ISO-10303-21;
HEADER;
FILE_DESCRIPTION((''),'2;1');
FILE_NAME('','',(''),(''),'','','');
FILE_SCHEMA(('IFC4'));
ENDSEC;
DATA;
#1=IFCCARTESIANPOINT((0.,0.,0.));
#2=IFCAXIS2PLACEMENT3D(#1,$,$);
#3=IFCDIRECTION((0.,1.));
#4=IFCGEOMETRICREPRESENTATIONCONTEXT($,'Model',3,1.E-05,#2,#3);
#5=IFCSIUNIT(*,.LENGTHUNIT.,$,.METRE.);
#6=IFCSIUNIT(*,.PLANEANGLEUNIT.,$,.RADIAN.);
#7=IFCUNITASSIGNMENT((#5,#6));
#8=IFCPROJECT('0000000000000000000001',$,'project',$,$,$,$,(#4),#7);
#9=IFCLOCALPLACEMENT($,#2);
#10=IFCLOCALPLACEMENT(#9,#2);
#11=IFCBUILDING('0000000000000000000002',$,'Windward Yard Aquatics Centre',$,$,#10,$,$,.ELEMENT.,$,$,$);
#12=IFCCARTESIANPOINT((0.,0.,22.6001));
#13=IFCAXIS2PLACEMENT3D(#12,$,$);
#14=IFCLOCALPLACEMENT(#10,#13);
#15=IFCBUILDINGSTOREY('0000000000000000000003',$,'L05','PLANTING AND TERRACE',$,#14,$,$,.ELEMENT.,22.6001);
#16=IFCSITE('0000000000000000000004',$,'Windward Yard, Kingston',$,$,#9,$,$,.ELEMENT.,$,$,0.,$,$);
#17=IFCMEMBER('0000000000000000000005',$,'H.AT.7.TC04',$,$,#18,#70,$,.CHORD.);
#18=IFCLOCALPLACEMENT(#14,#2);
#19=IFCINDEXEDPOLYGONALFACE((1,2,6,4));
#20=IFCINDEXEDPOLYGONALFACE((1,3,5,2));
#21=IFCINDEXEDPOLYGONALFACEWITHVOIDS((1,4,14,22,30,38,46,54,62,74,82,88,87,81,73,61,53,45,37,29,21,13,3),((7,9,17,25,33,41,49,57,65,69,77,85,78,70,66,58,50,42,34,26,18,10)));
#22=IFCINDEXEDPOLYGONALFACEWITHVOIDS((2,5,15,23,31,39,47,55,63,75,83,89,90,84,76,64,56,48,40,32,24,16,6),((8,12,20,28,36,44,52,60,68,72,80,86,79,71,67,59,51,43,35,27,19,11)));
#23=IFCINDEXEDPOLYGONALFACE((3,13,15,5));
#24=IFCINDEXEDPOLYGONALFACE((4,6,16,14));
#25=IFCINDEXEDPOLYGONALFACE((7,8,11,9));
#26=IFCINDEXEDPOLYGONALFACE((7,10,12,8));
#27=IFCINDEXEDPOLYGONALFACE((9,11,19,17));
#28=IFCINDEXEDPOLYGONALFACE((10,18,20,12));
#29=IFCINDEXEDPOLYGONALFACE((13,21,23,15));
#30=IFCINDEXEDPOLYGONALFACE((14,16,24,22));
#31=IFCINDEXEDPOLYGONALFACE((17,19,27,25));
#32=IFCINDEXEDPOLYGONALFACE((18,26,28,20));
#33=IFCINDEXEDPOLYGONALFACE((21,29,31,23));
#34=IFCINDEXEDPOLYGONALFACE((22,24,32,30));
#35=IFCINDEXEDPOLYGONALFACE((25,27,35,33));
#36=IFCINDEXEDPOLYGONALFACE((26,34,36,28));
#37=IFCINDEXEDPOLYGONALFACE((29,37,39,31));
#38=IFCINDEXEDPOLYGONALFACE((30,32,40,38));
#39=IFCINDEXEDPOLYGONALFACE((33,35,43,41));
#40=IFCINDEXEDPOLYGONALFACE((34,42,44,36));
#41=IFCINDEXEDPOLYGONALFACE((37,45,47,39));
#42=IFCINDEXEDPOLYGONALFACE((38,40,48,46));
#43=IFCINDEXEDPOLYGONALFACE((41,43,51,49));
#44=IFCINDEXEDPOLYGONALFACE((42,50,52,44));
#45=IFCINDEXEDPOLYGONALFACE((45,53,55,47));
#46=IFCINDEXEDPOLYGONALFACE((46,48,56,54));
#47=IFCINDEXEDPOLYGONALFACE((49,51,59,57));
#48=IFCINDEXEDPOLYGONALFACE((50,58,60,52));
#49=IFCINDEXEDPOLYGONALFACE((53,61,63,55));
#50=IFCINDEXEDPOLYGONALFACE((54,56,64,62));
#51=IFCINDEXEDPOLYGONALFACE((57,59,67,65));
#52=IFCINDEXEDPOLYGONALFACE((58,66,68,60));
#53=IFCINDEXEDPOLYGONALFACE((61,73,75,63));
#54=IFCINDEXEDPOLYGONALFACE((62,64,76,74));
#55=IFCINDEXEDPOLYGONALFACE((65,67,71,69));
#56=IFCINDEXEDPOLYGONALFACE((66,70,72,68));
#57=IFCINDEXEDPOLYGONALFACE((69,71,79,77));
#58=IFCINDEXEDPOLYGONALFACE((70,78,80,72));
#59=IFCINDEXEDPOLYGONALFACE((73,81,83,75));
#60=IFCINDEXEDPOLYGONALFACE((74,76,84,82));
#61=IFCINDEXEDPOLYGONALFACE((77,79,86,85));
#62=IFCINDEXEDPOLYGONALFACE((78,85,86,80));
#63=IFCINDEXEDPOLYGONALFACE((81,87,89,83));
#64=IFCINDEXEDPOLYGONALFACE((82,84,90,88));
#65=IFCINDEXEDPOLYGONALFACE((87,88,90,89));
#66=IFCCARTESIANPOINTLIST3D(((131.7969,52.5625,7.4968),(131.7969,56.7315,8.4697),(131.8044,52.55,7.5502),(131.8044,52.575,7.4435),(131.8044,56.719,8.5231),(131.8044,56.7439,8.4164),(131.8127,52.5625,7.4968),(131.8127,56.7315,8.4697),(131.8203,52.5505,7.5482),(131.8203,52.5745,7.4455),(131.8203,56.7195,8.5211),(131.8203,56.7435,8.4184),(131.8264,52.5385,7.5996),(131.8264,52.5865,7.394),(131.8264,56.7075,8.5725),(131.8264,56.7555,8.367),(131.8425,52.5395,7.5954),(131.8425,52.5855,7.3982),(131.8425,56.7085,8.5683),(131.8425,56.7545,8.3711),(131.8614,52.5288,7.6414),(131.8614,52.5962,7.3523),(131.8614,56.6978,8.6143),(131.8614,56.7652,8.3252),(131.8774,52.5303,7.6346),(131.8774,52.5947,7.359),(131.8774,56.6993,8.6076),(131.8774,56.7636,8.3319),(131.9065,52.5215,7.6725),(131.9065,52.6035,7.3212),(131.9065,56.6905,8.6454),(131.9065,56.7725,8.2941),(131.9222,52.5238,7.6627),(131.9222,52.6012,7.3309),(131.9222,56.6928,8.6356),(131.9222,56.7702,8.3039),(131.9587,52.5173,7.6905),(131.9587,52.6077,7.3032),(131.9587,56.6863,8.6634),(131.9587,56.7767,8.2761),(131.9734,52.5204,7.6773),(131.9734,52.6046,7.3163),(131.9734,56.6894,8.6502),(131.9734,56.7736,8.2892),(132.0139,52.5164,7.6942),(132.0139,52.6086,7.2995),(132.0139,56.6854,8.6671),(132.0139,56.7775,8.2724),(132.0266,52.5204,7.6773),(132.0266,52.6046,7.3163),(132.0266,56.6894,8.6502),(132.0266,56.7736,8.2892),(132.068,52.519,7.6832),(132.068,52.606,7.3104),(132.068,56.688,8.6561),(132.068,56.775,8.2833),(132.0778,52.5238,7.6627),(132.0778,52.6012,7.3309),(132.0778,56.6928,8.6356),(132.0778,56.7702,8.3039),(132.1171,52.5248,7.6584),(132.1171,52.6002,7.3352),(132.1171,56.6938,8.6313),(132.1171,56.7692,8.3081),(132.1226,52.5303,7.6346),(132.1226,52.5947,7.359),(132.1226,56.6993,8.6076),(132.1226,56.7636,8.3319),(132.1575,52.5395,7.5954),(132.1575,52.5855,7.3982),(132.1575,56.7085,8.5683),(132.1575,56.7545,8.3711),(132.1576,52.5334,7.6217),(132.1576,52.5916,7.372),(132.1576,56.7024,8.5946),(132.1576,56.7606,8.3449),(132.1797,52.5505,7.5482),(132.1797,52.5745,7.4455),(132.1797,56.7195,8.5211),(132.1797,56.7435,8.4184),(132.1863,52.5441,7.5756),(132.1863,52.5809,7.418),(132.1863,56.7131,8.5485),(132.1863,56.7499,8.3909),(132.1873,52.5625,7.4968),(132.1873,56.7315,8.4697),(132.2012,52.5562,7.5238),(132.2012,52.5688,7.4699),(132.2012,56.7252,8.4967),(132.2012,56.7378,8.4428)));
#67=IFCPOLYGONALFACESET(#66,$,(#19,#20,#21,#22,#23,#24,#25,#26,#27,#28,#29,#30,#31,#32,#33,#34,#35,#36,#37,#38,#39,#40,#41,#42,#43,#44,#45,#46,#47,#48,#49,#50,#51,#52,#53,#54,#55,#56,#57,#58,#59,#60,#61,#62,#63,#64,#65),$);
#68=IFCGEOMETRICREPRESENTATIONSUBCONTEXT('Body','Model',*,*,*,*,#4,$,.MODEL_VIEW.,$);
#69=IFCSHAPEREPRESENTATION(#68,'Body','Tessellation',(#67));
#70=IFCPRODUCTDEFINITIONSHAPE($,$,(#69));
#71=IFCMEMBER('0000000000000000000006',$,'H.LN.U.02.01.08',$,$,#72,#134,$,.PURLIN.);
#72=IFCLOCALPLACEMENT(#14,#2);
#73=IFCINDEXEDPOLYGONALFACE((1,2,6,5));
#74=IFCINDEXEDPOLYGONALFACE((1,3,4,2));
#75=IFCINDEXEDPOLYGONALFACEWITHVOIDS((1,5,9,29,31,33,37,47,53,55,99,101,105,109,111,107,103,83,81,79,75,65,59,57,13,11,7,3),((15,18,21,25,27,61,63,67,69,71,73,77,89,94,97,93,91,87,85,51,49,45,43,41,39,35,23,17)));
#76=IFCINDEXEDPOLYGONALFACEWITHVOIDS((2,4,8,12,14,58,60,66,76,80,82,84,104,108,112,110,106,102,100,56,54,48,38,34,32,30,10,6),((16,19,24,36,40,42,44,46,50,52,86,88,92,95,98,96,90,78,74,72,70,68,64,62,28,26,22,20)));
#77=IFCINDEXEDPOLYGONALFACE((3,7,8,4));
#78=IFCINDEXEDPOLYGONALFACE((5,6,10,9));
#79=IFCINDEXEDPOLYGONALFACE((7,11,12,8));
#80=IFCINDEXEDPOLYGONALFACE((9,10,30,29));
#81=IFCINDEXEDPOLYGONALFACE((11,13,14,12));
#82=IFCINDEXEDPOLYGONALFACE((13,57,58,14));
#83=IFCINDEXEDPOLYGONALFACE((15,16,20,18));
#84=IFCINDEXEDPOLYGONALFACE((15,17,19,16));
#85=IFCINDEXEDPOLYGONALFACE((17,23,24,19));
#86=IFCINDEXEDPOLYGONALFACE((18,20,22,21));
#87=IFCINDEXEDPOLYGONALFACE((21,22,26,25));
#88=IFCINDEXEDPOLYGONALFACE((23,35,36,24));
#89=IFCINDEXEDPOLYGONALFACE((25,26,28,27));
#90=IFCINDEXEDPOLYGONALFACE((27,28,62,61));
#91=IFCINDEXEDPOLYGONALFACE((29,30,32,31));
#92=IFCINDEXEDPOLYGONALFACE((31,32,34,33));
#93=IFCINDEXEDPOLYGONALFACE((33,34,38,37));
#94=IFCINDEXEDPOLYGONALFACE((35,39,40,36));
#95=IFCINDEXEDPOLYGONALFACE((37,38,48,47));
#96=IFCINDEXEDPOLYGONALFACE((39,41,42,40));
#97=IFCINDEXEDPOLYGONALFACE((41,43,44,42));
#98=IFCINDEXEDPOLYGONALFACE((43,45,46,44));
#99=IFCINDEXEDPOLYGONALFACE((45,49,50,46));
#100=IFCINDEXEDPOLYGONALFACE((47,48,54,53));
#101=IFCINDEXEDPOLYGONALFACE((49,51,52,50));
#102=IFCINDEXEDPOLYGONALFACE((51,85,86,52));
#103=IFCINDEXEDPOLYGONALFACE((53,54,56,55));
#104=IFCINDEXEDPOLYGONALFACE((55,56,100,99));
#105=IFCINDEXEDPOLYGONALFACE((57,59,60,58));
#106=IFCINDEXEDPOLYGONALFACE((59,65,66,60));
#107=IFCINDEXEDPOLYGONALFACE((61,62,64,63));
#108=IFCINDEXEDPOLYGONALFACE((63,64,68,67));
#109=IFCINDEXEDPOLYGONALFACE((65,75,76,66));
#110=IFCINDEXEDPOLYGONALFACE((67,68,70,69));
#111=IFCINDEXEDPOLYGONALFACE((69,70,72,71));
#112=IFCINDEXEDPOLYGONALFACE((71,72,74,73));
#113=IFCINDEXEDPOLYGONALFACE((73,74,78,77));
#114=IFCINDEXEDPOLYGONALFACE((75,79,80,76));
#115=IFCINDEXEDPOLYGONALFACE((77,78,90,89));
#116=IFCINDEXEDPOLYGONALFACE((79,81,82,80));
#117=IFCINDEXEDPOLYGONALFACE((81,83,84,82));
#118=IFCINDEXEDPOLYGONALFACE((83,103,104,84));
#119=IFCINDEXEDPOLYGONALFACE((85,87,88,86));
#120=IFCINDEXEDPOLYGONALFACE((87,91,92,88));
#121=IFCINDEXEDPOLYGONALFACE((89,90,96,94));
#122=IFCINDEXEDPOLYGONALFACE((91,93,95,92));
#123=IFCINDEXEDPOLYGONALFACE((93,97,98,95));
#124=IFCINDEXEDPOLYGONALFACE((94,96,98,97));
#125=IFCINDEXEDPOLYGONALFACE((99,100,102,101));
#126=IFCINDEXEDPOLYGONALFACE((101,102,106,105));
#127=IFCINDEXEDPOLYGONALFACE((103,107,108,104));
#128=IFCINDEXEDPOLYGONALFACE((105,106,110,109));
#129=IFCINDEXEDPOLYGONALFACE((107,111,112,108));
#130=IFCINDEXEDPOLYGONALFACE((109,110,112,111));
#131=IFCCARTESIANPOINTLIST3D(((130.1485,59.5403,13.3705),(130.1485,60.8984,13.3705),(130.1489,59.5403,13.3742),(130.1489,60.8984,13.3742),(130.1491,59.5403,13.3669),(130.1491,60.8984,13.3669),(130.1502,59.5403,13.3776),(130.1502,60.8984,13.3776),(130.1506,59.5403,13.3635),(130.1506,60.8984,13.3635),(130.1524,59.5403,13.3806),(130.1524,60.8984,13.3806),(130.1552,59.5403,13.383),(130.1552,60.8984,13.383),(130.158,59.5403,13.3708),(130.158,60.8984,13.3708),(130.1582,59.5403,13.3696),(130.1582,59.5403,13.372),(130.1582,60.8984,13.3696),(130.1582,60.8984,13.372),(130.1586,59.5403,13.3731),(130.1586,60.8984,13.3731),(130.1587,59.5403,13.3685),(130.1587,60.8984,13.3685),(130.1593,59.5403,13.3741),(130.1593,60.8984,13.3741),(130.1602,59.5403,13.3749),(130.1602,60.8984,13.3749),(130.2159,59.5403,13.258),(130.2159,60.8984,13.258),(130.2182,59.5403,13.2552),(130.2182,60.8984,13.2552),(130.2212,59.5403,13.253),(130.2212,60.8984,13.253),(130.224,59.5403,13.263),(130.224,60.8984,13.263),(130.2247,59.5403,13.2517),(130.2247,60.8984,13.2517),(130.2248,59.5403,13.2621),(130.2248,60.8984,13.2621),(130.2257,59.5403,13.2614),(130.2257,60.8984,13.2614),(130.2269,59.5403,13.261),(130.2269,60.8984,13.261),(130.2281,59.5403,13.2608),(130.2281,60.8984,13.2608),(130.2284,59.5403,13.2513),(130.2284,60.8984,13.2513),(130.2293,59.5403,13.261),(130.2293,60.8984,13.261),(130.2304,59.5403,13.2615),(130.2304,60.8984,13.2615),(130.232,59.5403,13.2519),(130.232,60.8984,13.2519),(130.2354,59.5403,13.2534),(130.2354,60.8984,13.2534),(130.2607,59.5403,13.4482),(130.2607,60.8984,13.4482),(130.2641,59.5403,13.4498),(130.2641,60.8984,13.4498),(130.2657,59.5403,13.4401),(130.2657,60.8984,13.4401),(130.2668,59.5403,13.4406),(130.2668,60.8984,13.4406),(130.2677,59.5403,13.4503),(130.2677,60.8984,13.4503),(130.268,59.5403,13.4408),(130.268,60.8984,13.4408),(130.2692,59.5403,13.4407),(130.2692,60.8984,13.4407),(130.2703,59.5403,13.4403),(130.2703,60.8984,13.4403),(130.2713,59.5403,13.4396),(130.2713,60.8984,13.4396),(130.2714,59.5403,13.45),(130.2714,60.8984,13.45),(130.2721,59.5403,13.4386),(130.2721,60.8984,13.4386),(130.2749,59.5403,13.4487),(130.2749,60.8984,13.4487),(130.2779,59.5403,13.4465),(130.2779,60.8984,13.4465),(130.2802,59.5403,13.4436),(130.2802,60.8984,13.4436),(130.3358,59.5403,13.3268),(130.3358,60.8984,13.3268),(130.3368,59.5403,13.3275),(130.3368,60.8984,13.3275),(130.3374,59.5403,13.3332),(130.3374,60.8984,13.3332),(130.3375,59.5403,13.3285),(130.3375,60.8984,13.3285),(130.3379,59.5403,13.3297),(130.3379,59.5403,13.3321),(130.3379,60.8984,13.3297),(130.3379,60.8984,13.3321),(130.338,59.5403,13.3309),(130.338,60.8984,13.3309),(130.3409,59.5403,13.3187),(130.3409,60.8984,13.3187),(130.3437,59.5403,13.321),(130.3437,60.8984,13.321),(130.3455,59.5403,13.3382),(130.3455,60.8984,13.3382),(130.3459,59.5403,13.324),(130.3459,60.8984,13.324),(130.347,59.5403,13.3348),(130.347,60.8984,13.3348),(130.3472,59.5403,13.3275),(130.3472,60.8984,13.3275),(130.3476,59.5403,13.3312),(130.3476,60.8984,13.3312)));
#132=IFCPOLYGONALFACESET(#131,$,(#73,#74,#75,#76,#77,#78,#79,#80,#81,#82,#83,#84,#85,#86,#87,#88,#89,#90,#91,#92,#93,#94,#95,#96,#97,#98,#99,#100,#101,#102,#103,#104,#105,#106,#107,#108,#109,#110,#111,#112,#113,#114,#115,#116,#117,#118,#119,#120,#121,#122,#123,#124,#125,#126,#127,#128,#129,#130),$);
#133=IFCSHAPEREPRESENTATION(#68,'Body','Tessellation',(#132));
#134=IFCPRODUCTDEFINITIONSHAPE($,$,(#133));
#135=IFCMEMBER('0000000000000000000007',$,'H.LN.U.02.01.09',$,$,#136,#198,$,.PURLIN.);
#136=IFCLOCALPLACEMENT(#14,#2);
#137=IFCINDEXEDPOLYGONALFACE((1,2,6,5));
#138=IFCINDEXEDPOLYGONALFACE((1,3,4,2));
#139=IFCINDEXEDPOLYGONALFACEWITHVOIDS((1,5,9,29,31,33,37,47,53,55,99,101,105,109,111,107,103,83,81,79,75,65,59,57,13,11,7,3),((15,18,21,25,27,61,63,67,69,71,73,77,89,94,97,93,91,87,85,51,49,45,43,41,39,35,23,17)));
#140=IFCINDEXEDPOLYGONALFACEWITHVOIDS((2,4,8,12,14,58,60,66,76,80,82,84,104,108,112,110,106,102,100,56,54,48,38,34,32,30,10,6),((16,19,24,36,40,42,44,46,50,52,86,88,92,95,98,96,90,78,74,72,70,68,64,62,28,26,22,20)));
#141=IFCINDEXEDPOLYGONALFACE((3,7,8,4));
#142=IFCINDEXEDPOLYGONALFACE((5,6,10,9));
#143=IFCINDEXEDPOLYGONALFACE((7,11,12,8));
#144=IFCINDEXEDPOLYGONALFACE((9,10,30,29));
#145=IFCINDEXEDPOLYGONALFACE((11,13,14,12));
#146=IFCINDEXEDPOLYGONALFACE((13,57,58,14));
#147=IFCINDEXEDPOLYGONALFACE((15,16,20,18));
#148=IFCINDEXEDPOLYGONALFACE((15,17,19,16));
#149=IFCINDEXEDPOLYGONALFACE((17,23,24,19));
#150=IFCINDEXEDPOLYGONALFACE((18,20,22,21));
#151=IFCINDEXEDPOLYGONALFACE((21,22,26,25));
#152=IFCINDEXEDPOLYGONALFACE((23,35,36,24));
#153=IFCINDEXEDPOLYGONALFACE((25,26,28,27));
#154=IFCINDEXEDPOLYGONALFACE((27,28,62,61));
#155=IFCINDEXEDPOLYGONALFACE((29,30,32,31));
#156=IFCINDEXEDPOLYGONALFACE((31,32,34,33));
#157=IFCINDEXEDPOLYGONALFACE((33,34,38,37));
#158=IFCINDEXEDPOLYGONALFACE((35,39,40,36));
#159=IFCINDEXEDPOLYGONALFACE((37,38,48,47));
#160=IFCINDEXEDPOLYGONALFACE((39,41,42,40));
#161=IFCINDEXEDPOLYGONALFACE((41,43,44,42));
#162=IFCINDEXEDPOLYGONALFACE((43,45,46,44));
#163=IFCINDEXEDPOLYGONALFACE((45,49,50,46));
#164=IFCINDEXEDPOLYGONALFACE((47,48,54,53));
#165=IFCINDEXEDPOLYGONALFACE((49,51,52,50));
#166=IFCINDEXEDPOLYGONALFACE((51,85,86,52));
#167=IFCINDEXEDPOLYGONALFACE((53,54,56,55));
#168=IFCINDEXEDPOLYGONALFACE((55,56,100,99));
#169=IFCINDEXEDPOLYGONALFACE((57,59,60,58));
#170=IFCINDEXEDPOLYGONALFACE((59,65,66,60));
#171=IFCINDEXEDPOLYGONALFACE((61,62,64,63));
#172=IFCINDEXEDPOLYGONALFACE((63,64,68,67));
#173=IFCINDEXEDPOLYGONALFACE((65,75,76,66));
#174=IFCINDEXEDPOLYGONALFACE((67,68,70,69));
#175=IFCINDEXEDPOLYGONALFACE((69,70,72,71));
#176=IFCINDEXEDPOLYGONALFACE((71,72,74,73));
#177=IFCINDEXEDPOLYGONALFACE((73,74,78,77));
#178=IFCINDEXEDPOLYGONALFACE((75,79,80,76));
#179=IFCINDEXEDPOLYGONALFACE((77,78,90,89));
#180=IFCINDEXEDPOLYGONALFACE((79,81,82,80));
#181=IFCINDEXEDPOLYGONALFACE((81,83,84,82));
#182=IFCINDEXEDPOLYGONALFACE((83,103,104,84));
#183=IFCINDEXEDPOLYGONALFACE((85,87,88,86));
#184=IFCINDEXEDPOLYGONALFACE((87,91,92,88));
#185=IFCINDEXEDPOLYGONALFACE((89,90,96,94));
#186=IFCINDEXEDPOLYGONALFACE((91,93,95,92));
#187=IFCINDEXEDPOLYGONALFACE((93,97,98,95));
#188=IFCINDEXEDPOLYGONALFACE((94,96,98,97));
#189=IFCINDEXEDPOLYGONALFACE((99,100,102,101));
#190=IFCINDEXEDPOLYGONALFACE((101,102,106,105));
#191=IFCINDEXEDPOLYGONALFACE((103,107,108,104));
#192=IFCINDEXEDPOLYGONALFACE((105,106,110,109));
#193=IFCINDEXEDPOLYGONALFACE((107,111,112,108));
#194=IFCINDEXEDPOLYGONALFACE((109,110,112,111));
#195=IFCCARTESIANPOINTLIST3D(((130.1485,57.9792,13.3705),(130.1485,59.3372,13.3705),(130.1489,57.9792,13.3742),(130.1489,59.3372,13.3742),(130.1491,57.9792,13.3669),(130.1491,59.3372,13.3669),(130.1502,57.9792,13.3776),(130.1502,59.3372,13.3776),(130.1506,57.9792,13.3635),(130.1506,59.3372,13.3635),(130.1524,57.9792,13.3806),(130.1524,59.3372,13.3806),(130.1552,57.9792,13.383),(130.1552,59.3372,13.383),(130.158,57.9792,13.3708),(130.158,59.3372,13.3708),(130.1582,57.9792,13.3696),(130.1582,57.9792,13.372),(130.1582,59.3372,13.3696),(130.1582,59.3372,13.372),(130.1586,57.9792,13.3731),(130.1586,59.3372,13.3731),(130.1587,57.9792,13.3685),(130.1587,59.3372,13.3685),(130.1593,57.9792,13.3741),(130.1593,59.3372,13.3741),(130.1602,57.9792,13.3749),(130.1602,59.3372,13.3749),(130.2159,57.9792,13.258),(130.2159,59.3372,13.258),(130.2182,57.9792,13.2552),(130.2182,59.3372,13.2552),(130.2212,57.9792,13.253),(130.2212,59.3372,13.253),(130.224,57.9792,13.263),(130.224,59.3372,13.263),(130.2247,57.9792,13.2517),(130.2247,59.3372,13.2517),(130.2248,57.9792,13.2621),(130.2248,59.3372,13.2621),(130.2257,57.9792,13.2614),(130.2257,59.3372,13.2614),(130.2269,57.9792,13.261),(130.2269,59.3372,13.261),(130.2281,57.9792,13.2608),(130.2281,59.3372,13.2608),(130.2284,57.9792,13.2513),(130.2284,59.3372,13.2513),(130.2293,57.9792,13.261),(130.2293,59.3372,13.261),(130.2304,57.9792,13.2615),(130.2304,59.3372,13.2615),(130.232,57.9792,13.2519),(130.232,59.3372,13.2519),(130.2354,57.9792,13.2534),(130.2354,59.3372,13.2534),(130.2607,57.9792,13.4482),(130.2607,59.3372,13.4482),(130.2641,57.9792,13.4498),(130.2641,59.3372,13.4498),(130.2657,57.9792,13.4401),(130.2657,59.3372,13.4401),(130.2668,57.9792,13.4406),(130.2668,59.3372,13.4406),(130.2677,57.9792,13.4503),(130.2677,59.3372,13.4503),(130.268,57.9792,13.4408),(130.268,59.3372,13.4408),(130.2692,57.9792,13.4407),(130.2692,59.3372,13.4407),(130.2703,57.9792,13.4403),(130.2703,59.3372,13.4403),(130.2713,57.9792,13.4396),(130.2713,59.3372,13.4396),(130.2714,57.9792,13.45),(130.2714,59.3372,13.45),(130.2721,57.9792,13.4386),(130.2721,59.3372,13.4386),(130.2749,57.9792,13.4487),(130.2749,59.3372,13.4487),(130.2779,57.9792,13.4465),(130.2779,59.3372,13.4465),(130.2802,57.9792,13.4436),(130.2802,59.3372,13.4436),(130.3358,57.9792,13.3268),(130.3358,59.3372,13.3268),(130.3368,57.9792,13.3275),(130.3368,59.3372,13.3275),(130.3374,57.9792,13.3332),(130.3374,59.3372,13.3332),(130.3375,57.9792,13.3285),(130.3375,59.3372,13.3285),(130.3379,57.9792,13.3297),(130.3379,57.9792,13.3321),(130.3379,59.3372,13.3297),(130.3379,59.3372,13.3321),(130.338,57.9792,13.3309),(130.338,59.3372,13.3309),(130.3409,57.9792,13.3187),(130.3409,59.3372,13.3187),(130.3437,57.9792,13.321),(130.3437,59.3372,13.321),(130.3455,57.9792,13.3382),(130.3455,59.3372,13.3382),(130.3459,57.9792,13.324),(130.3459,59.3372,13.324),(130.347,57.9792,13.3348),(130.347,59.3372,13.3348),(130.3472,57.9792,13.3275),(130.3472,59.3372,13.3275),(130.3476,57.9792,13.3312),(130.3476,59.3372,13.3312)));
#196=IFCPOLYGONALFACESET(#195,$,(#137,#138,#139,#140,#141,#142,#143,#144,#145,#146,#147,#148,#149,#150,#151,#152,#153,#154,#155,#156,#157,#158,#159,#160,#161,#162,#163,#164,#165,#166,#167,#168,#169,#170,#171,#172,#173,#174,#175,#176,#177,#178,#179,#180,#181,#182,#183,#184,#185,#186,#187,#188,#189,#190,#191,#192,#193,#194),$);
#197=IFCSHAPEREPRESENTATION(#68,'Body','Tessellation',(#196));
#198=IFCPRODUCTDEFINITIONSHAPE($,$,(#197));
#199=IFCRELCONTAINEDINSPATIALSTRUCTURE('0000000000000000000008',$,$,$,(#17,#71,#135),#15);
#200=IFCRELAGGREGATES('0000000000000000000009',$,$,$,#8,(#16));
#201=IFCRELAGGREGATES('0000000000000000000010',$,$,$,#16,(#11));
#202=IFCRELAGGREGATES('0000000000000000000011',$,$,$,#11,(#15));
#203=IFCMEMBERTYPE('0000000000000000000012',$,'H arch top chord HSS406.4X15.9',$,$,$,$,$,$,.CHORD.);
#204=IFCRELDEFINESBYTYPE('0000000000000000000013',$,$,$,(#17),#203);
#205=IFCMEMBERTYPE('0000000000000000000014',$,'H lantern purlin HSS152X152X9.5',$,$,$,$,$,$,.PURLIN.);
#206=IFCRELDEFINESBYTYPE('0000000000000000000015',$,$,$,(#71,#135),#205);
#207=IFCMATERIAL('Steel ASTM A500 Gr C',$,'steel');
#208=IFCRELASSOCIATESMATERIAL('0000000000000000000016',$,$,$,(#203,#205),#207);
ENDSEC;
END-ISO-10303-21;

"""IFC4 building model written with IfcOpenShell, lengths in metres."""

from ifc_helpers import new_model, si_unit, direction, frame, origin, origin_2d, place, context, subcontext, project, spatial, hollow_rectangle, hollow_circle, extrude, material, material_profile, profile_set, type_object, element, save


model = new_model("IFC4")

# Units and contexts
model_context = context("Model", 3, precision=1e-05, world=origin(), true_north=direction((0.0, 1.0)))
body_context = subcontext(model_context, "Body", "Model", "MODEL_VIEW")
ifc_project = project(units=[si_unit("LENGTHUNIT", "METRE"), si_unit("PLANEANGLEUNIT", "RADIAN")], contexts=[model_context])

# Site, building, storey
site_placement = place(None, origin())
site = spatial("IfcSite", under=ifc_project, at=site_placement, Name="Windward Yard, Kingston", CompositionType="ELEMENT", RefElevation=0.0)
building_placement = place(site_placement, origin())
building = spatial("IfcBuilding", under=site, at=building_placement, Name="Windward Yard Aquatics Centre", CompositionType="ELEMENT")
storey_placement = place(building_placement, frame((0.0, 0.0, 22.6001)))
storey = spatial("IfcBuildingStorey", under=building, at=storey_placement, Name="L05", Description="PLANTING AND TERRACE", CompositionType="ELEMENT", Elevation=22.6001)

# Members
ifc_material_1 = material(Name="Steel ASTM A500 Gr C", Category="steel")
ifc_material_profile_1 = material_profile(ifc_material_1, hollow_circle(Radius=0.2031, WallThickness=0.0159, at=origin_2d()), Name="HSS406.4X15.9")
ifc_profile_set_1 = profile_set([ifc_material_profile_1], Name="Steel ASTM A500 Gr C")
member_type_1 = type_object("IfcMemberType", Name="H arch top chord HSS406.4X15.9", PredefinedType="CHORD", material=ifc_profile_set_1)
member_1_placement = place(storey_placement, frame((132.0, 52.5625, 7.4968), z_axis=(0.0, 0.973834, 0.227262), x_axis=(-1.0, 0.0, 0.0)))
element("IfcMember", 1, at=member_1_placement, inside=storey, type_object=member_type_1, Name="H.AT.7.TC04", PredefinedType="CHORD", context=body_context, shape_type="SweptSolid", body=[
    extrude(hollow_circle(Radius=0.2031, WallThickness=0.0159, at=origin_2d()), origin(), (0.0, 0.0, 1.0), 4.281),
])
ifc_material_profile_2 = material_profile(ifc_material_1, hollow_rectangle(XDim=0.1523, YDim=0.1523, WallThickness=0.0095, InnerFilletRadius=0.0046, OuterFilletRadius=0.0142, at=origin_2d()), Name="HSS152X152X9.5")
ifc_profile_set_2 = profile_set([ifc_material_profile_2], Name="Steel ASTM A500 Gr C")
member_type_2 = type_object("IfcMemberType", Name="H lantern purlin HSS152X152X9.5", PredefinedType="PURLIN", material=ifc_profile_set_2)
member_2_placement = place(storey_placement, frame((130.248, 60.8984, 13.3508), z_axis=(0.0, -1.0, 0.0), x_axis=(0.526172, 0.0, -0.850378)))
element("IfcMember", 2, at=member_2_placement, inside=storey, type_object=member_type_2, Name="H.LN.U.02.01.08", PredefinedType="PURLIN", context=body_context, shape_type="SweptSolid", body=[
    extrude(hollow_rectangle(XDim=0.1523, YDim=0.1523, WallThickness=0.0095, InnerFilletRadius=0.0046, OuterFilletRadius=0.0142, at=origin_2d()), origin(), (0.0, 0.0, 1.0), 1.3582),
])
member_3_placement = place(storey_placement, frame((130.248, 59.3372, 13.3508), z_axis=(0.0, -1.0, 0.0), x_axis=(0.526172, 0.0, -0.850378)))
element("IfcMember", 3, at=member_3_placement, inside=storey, type_object=member_type_2, Name="H.LN.U.02.01.09", PredefinedType="PURLIN", context=body_context, shape_type="SweptSolid", body=[
    extrude(hollow_rectangle(XDim=0.1523, YDim=0.1523, WallThickness=0.0095, InnerFilletRadius=0.0046, OuterFilletRadius=0.0142, at=origin_2d()), origin(), (0.0, 0.0, 1.0), 1.3579),
])

save(model, "model.ifc")
